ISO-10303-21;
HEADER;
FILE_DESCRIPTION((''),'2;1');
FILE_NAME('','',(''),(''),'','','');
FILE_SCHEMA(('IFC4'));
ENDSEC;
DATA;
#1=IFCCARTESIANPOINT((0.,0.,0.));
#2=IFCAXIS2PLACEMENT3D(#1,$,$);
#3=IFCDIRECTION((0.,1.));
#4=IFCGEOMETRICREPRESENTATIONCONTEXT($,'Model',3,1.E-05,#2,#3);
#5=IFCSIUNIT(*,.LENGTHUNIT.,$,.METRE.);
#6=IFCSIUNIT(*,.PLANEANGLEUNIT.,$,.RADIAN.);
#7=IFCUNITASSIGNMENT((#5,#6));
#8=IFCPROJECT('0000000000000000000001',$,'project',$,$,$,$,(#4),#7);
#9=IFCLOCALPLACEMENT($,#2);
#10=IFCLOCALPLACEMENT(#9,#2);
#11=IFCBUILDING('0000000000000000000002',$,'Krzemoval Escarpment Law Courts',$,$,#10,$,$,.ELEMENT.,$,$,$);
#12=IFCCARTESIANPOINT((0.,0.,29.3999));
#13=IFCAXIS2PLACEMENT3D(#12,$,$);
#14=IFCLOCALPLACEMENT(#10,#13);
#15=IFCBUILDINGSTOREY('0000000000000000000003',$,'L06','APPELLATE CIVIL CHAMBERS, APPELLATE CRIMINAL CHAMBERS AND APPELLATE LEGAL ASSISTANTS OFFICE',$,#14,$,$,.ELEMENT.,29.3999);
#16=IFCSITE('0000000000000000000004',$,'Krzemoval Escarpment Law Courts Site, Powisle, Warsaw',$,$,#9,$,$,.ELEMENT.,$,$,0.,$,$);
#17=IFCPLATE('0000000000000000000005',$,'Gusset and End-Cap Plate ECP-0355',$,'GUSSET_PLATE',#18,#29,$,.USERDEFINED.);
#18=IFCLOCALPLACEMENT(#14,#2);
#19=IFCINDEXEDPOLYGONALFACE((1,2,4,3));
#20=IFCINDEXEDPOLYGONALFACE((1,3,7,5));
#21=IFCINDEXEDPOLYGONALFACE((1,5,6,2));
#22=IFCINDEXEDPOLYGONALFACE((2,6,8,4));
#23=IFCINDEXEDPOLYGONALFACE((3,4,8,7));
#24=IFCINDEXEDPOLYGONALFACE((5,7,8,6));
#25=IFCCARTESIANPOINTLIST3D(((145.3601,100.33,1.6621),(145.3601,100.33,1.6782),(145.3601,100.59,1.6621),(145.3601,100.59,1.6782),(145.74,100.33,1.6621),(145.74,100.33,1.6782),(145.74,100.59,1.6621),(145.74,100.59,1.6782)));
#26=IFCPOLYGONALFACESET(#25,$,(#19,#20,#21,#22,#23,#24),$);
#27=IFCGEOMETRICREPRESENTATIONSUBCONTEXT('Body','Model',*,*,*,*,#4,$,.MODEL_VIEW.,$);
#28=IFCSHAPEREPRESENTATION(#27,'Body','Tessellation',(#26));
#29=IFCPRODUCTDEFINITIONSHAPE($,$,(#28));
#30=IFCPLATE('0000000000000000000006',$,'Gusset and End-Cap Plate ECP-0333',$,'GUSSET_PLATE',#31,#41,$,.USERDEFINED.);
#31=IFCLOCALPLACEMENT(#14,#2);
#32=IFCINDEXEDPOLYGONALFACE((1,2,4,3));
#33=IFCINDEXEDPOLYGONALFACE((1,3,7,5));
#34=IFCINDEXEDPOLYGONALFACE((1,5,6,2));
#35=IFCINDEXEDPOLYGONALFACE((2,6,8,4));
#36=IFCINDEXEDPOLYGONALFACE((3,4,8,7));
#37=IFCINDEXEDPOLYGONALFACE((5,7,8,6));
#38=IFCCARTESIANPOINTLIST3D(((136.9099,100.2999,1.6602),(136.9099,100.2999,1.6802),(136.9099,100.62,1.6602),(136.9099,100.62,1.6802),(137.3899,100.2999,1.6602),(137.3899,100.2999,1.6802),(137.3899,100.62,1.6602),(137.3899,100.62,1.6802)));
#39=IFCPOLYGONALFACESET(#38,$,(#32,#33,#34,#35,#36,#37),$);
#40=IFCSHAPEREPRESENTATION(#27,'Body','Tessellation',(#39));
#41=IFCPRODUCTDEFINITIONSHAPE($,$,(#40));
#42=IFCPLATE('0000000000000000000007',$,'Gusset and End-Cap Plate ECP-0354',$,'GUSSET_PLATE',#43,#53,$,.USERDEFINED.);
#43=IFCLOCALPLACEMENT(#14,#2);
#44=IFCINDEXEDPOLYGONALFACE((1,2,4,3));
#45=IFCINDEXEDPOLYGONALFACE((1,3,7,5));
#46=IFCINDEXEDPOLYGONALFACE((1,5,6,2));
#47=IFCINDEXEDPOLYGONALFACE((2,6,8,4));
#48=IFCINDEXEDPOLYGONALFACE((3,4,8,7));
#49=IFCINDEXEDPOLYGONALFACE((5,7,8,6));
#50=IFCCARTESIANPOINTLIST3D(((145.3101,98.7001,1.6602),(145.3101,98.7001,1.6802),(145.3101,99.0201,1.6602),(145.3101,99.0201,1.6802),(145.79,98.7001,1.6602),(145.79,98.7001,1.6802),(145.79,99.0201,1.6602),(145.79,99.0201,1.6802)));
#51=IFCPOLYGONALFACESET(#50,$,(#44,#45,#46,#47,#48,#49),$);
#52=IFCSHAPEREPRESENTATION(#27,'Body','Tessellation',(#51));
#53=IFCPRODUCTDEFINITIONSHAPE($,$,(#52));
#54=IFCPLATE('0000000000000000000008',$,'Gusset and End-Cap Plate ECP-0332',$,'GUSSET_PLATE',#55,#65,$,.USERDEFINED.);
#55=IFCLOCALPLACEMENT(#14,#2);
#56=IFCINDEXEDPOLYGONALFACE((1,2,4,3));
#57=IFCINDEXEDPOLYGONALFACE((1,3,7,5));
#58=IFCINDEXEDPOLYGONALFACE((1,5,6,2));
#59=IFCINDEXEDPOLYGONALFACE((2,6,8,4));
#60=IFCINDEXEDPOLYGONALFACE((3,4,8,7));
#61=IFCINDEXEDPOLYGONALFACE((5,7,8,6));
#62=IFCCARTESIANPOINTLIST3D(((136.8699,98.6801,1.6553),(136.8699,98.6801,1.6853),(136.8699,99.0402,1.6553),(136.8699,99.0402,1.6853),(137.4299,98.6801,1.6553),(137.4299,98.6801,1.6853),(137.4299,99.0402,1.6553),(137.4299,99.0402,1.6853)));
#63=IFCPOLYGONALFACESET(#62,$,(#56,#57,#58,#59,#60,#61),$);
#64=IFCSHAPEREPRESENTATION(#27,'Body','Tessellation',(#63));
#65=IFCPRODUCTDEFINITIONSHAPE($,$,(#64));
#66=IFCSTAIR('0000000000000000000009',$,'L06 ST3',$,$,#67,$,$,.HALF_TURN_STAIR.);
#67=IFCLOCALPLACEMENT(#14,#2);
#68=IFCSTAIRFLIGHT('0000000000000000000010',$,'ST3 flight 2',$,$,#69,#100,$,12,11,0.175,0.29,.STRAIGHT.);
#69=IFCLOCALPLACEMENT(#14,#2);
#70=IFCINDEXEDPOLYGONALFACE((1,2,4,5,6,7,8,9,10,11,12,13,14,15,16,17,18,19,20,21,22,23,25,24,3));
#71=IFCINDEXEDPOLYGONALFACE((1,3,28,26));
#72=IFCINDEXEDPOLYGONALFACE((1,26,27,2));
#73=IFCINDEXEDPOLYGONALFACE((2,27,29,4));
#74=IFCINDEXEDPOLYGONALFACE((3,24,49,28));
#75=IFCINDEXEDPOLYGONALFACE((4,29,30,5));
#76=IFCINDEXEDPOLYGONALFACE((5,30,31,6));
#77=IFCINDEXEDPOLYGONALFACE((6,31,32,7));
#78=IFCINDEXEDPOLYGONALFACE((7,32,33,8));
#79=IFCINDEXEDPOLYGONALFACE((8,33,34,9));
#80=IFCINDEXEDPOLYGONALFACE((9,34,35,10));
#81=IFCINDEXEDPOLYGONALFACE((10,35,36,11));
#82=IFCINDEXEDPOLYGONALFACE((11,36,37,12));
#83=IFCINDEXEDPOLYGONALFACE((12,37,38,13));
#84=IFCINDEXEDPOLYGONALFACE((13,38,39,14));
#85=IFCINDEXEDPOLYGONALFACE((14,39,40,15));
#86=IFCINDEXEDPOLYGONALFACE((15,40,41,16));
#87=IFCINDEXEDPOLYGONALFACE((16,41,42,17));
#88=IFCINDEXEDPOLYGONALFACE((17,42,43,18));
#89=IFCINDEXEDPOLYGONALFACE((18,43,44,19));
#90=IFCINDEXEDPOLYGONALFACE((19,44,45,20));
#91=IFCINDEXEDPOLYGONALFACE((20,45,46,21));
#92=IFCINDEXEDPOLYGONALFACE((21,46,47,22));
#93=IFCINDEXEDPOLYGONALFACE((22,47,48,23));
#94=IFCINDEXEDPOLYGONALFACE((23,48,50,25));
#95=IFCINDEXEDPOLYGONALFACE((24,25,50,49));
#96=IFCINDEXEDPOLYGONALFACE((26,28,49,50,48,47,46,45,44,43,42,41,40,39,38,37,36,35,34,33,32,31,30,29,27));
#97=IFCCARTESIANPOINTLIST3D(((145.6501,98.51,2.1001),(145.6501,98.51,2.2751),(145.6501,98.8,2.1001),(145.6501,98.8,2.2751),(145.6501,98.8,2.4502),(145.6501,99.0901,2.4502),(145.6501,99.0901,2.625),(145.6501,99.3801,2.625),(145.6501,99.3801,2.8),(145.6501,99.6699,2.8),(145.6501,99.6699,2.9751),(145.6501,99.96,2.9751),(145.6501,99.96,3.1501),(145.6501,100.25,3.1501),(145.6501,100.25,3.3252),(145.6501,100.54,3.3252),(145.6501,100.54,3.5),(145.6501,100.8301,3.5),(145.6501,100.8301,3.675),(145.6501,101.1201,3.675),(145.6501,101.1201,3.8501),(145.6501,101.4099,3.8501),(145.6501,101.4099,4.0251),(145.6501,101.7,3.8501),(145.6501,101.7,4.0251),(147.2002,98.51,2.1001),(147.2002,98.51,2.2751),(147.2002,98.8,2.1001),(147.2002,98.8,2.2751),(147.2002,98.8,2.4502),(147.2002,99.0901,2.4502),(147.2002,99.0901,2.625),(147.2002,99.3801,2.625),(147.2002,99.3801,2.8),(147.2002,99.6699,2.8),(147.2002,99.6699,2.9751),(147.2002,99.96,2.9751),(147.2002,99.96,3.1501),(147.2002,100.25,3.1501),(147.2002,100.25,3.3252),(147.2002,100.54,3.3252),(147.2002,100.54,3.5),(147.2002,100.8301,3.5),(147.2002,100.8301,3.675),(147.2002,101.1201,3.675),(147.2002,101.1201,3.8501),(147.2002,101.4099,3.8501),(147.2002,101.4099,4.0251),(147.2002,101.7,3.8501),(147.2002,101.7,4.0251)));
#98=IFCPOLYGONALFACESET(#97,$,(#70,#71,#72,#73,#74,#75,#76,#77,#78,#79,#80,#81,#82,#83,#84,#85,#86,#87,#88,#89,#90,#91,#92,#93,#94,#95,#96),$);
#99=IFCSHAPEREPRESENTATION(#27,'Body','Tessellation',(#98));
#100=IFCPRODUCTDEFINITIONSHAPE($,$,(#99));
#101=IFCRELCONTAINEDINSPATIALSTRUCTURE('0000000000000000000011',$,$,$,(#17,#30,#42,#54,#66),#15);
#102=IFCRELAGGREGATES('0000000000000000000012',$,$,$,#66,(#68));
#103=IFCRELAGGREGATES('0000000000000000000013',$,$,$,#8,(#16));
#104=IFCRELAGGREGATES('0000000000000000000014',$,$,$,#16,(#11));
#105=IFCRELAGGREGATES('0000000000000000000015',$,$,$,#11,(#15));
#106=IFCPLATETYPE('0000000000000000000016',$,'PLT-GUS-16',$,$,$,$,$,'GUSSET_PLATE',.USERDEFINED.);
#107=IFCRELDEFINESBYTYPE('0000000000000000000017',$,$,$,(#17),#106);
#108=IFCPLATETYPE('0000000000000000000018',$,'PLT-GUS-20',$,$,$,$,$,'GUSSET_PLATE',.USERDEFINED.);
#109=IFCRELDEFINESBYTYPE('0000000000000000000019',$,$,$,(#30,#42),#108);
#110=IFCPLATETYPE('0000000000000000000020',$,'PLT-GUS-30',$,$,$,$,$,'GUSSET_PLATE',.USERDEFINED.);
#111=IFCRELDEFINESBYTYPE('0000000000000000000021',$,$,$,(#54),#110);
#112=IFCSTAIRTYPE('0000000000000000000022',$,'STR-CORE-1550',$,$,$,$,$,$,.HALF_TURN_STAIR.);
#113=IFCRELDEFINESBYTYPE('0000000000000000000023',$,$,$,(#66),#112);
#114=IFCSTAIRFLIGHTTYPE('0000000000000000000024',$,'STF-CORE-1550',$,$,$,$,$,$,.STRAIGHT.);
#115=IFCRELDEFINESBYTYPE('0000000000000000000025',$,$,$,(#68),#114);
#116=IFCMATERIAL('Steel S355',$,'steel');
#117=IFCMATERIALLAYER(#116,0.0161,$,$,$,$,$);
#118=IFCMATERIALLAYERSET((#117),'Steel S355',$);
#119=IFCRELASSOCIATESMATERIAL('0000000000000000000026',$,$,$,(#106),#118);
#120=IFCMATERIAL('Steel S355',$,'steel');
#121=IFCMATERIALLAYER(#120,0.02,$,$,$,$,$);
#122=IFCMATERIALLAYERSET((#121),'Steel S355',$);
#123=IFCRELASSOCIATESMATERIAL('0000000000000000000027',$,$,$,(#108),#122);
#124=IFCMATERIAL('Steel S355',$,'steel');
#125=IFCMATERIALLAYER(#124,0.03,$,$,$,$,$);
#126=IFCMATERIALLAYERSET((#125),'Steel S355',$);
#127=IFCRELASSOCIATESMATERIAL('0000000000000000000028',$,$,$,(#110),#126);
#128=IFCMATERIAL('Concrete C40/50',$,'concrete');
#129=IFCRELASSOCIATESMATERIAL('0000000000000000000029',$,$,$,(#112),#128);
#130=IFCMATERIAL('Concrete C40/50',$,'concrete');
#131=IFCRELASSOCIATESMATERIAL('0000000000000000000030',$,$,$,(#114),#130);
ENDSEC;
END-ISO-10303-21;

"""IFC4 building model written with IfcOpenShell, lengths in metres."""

from ifc_helpers import new_model, si_unit, direction, frame, origin, origin_2d, place, context, subcontext, project, spatial, polyline, rectangle, outline, extrude, material, layer, layer_set, type_object, element, aggregate, save


model = new_model("IFC4")

# Units and contexts
model_context = context("Model", 3, precision=1e-05, world=origin(), true_north=direction((0.0, 1.0)))
body_context = subcontext(model_context, "Body", "Model", "MODEL_VIEW")
ifc_project = project(units=[si_unit("LENGTHUNIT", "METRE"), si_unit("PLANEANGLEUNIT", "RADIAN")], contexts=[model_context])

# Site, building, storey
site_placement = place(None, origin())
site = spatial("IfcSite", under=ifc_project, at=site_placement, Name="Krzemoval Escarpment Law Courts Site, Powisle, Warsaw", CompositionType="ELEMENT", RefElevation=0.0)
building_placement = place(site_placement, origin())
building = spatial("IfcBuilding", under=site, at=building_placement, Name="Krzemoval Escarpment Law Courts", CompositionType="ELEMENT")
storey_placement = place(building_placement, frame((0.0, 0.0, 29.3999)))
storey = spatial("IfcBuildingStorey", under=building, at=storey_placement, Name="L06", Description="APPELLATE CIVIL CHAMBERS, APPELLATE CRIMINAL CHAMBERS AND APPELLATE LEGAL ASSISTANTS OFFICE", CompositionType="ELEMENT", Elevation=29.3999)

# Plates
ifc_material_1 = material(Name="Steel S355", Category="steel")
ifc_layer_1 = layer(ifc_material_1, 0.0161)
ifc_layer_set_1 = layer_set([ifc_layer_1], Name="Steel S355")
plate_type_1 = type_object("IfcPlateType", Name="PLT-GUS-16", ElementType="GUSSET_PLATE", PredefinedType="USERDEFINED", material=ifc_layer_set_1)
plate_1_placement = place(storey_placement, frame((145.55, 100.46, 1.6621), z_axis=(0.0, 0.0, 1.0), x_axis=(1.0, 0.0, 0.0)))
element("IfcPlate", 1, at=plate_1_placement, inside=storey, type_object=plate_type_1, Name="Gusset and End-Cap Plate ECP-0355", ObjectType="GUSSET_PLATE", PredefinedType="USERDEFINED", context=body_context, shape_type="SweptSolid", body=[
    extrude(rectangle(XDim=0.3799, YDim=0.26, at=origin_2d()), origin(), (0.0, 0.0, 1.0), 0.0161),
])
ifc_material_2 = material(Name="Steel S355", Category="steel")
ifc_layer_2 = layer(ifc_material_2, 0.02)
ifc_layer_set_2 = layer_set([ifc_layer_2], Name="Steel S355")
plate_type_2 = type_object("IfcPlateType", Name="PLT-GUS-20", ElementType="GUSSET_PLATE", PredefinedType="USERDEFINED", material=ifc_layer_set_2)
for number, where, z_axis, x_axis, name in (
    (2, (137.1499, 100.46, 1.6602), (0.0, 0.0, 1.0), (1.0, 0.0, 0.0), "Gusset and End-Cap Plate ECP-0333"),
    (3, (145.55, 98.8601, 1.6602), (0.0, 0.0, 1.0), (1.0, 0.0, 0.0), "Gusset and End-Cap Plate ECP-0354"),
):
    element("IfcPlate", number, at=place(storey_placement, frame(where, z_axis=z_axis, x_axis=x_axis)), inside=storey, type_object=plate_type_2, Name=name, ObjectType="GUSSET_PLATE", PredefinedType="USERDEFINED", context=body_context, shape_type="SweptSolid", body=[
        extrude(rectangle(XDim=0.48, YDim=0.3201, at=origin_2d()), origin(), (0.0, 0.0, 1.0), 0.02),
    ])
ifc_material_3 = material(Name="Steel S355", Category="steel")
ifc_layer_3 = layer(ifc_material_3, 0.03)
ifc_layer_set_3 = layer_set([ifc_layer_3], Name="Steel S355")
plate_type_3 = type_object("IfcPlateType", Name="PLT-GUS-30", ElementType="GUSSET_PLATE", PredefinedType="USERDEFINED", material=ifc_layer_set_3)
plate_2_placement = place(storey_placement, frame((137.1499, 98.8601, 1.6553), z_axis=(0.0, 0.0, 1.0), x_axis=(1.0, 0.0, 0.0)))
element("IfcPlate", 4, at=plate_2_placement, inside=storey, type_object=plate_type_3, Name="Gusset and End-Cap Plate ECP-0332", ObjectType="GUSSET_PLATE", PredefinedType="USERDEFINED", context=body_context, shape_type="SweptSolid", body=[
    extrude(rectangle(XDim=0.5601, YDim=0.3601, at=origin_2d()), origin(), (0.0, 0.0, 1.0), 0.03),
])

# Stair, stair flight
ifc_material_4 = material(Name="Concrete C40/50", Category="concrete")
stair_type = type_object("IfcStairType", Name="STR-CORE-1550", PredefinedType="HALF_TURN_STAIR", material=ifc_material_4)
stair_placement = place(storey_placement, origin())
stair = element("IfcStair", 5, at=stair_placement, inside=storey, type_object=stair_type, Name="L06 ST3", PredefinedType="HALF_TURN_STAIR")
ifc_material_5 = material(Name="Concrete C40/50", Category="concrete")
stair_flight_type = type_object("IfcStairFlightType", Name="STF-CORE-1550", PredefinedType="STRAIGHT", material=ifc_material_5)
stair_flight_placement = place(storey_placement, frame((146.425, 98.51, 2.1001), z_axis=(0.0, 0.0, 1.0), x_axis=(0.0, 1.0, 0.0)))
stair_flight = element("IfcStairFlight", 6, at=stair_flight_placement, type_object=stair_flight_type, Name="ST3 flight 2", NumberOfRisers=12, NumberOfTreads=11, PredefinedType="STRAIGHT", RiserHeight=0.175, TreadLength=0.29, context=body_context, shape_type="SweptSolid", body=[
    extrude(outline(polyline([(0.0, 0.0), (0.0, 0.175), (0.29, 0.175), (0.29, 0.3501), (0.5801, 0.3501), (0.5801, 0.5249), (0.8701, 0.5249), (0.8701, 0.7), (1.1599, 0.7), (1.1599, 0.875), (1.45, 0.875), (1.45, 1.05), (1.74, 1.05), (1.74, 1.2251), (2.03, 1.2251), (2.03, 1.3999), (2.3201, 1.3999), (2.3201, 1.575), (2.6101, 1.575), (2.6101, 1.75), (2.8999, 1.75), (2.8999, 1.925), (3.1899, 1.925), (3.1899, 2.1001), (3.1899, 1.75), (0.29, 0.0), (0.0, 0.0)])), frame((0.0, 0.7749, 0.0), z_axis=(0.0, -1.0, 0.0), x_axis=(1.0, 0.0, 0.0)), (0.0, 0.0, 1.0), 1.55),
])
aggregate(stair, [stair_flight])

save(model, "model.ifc")
